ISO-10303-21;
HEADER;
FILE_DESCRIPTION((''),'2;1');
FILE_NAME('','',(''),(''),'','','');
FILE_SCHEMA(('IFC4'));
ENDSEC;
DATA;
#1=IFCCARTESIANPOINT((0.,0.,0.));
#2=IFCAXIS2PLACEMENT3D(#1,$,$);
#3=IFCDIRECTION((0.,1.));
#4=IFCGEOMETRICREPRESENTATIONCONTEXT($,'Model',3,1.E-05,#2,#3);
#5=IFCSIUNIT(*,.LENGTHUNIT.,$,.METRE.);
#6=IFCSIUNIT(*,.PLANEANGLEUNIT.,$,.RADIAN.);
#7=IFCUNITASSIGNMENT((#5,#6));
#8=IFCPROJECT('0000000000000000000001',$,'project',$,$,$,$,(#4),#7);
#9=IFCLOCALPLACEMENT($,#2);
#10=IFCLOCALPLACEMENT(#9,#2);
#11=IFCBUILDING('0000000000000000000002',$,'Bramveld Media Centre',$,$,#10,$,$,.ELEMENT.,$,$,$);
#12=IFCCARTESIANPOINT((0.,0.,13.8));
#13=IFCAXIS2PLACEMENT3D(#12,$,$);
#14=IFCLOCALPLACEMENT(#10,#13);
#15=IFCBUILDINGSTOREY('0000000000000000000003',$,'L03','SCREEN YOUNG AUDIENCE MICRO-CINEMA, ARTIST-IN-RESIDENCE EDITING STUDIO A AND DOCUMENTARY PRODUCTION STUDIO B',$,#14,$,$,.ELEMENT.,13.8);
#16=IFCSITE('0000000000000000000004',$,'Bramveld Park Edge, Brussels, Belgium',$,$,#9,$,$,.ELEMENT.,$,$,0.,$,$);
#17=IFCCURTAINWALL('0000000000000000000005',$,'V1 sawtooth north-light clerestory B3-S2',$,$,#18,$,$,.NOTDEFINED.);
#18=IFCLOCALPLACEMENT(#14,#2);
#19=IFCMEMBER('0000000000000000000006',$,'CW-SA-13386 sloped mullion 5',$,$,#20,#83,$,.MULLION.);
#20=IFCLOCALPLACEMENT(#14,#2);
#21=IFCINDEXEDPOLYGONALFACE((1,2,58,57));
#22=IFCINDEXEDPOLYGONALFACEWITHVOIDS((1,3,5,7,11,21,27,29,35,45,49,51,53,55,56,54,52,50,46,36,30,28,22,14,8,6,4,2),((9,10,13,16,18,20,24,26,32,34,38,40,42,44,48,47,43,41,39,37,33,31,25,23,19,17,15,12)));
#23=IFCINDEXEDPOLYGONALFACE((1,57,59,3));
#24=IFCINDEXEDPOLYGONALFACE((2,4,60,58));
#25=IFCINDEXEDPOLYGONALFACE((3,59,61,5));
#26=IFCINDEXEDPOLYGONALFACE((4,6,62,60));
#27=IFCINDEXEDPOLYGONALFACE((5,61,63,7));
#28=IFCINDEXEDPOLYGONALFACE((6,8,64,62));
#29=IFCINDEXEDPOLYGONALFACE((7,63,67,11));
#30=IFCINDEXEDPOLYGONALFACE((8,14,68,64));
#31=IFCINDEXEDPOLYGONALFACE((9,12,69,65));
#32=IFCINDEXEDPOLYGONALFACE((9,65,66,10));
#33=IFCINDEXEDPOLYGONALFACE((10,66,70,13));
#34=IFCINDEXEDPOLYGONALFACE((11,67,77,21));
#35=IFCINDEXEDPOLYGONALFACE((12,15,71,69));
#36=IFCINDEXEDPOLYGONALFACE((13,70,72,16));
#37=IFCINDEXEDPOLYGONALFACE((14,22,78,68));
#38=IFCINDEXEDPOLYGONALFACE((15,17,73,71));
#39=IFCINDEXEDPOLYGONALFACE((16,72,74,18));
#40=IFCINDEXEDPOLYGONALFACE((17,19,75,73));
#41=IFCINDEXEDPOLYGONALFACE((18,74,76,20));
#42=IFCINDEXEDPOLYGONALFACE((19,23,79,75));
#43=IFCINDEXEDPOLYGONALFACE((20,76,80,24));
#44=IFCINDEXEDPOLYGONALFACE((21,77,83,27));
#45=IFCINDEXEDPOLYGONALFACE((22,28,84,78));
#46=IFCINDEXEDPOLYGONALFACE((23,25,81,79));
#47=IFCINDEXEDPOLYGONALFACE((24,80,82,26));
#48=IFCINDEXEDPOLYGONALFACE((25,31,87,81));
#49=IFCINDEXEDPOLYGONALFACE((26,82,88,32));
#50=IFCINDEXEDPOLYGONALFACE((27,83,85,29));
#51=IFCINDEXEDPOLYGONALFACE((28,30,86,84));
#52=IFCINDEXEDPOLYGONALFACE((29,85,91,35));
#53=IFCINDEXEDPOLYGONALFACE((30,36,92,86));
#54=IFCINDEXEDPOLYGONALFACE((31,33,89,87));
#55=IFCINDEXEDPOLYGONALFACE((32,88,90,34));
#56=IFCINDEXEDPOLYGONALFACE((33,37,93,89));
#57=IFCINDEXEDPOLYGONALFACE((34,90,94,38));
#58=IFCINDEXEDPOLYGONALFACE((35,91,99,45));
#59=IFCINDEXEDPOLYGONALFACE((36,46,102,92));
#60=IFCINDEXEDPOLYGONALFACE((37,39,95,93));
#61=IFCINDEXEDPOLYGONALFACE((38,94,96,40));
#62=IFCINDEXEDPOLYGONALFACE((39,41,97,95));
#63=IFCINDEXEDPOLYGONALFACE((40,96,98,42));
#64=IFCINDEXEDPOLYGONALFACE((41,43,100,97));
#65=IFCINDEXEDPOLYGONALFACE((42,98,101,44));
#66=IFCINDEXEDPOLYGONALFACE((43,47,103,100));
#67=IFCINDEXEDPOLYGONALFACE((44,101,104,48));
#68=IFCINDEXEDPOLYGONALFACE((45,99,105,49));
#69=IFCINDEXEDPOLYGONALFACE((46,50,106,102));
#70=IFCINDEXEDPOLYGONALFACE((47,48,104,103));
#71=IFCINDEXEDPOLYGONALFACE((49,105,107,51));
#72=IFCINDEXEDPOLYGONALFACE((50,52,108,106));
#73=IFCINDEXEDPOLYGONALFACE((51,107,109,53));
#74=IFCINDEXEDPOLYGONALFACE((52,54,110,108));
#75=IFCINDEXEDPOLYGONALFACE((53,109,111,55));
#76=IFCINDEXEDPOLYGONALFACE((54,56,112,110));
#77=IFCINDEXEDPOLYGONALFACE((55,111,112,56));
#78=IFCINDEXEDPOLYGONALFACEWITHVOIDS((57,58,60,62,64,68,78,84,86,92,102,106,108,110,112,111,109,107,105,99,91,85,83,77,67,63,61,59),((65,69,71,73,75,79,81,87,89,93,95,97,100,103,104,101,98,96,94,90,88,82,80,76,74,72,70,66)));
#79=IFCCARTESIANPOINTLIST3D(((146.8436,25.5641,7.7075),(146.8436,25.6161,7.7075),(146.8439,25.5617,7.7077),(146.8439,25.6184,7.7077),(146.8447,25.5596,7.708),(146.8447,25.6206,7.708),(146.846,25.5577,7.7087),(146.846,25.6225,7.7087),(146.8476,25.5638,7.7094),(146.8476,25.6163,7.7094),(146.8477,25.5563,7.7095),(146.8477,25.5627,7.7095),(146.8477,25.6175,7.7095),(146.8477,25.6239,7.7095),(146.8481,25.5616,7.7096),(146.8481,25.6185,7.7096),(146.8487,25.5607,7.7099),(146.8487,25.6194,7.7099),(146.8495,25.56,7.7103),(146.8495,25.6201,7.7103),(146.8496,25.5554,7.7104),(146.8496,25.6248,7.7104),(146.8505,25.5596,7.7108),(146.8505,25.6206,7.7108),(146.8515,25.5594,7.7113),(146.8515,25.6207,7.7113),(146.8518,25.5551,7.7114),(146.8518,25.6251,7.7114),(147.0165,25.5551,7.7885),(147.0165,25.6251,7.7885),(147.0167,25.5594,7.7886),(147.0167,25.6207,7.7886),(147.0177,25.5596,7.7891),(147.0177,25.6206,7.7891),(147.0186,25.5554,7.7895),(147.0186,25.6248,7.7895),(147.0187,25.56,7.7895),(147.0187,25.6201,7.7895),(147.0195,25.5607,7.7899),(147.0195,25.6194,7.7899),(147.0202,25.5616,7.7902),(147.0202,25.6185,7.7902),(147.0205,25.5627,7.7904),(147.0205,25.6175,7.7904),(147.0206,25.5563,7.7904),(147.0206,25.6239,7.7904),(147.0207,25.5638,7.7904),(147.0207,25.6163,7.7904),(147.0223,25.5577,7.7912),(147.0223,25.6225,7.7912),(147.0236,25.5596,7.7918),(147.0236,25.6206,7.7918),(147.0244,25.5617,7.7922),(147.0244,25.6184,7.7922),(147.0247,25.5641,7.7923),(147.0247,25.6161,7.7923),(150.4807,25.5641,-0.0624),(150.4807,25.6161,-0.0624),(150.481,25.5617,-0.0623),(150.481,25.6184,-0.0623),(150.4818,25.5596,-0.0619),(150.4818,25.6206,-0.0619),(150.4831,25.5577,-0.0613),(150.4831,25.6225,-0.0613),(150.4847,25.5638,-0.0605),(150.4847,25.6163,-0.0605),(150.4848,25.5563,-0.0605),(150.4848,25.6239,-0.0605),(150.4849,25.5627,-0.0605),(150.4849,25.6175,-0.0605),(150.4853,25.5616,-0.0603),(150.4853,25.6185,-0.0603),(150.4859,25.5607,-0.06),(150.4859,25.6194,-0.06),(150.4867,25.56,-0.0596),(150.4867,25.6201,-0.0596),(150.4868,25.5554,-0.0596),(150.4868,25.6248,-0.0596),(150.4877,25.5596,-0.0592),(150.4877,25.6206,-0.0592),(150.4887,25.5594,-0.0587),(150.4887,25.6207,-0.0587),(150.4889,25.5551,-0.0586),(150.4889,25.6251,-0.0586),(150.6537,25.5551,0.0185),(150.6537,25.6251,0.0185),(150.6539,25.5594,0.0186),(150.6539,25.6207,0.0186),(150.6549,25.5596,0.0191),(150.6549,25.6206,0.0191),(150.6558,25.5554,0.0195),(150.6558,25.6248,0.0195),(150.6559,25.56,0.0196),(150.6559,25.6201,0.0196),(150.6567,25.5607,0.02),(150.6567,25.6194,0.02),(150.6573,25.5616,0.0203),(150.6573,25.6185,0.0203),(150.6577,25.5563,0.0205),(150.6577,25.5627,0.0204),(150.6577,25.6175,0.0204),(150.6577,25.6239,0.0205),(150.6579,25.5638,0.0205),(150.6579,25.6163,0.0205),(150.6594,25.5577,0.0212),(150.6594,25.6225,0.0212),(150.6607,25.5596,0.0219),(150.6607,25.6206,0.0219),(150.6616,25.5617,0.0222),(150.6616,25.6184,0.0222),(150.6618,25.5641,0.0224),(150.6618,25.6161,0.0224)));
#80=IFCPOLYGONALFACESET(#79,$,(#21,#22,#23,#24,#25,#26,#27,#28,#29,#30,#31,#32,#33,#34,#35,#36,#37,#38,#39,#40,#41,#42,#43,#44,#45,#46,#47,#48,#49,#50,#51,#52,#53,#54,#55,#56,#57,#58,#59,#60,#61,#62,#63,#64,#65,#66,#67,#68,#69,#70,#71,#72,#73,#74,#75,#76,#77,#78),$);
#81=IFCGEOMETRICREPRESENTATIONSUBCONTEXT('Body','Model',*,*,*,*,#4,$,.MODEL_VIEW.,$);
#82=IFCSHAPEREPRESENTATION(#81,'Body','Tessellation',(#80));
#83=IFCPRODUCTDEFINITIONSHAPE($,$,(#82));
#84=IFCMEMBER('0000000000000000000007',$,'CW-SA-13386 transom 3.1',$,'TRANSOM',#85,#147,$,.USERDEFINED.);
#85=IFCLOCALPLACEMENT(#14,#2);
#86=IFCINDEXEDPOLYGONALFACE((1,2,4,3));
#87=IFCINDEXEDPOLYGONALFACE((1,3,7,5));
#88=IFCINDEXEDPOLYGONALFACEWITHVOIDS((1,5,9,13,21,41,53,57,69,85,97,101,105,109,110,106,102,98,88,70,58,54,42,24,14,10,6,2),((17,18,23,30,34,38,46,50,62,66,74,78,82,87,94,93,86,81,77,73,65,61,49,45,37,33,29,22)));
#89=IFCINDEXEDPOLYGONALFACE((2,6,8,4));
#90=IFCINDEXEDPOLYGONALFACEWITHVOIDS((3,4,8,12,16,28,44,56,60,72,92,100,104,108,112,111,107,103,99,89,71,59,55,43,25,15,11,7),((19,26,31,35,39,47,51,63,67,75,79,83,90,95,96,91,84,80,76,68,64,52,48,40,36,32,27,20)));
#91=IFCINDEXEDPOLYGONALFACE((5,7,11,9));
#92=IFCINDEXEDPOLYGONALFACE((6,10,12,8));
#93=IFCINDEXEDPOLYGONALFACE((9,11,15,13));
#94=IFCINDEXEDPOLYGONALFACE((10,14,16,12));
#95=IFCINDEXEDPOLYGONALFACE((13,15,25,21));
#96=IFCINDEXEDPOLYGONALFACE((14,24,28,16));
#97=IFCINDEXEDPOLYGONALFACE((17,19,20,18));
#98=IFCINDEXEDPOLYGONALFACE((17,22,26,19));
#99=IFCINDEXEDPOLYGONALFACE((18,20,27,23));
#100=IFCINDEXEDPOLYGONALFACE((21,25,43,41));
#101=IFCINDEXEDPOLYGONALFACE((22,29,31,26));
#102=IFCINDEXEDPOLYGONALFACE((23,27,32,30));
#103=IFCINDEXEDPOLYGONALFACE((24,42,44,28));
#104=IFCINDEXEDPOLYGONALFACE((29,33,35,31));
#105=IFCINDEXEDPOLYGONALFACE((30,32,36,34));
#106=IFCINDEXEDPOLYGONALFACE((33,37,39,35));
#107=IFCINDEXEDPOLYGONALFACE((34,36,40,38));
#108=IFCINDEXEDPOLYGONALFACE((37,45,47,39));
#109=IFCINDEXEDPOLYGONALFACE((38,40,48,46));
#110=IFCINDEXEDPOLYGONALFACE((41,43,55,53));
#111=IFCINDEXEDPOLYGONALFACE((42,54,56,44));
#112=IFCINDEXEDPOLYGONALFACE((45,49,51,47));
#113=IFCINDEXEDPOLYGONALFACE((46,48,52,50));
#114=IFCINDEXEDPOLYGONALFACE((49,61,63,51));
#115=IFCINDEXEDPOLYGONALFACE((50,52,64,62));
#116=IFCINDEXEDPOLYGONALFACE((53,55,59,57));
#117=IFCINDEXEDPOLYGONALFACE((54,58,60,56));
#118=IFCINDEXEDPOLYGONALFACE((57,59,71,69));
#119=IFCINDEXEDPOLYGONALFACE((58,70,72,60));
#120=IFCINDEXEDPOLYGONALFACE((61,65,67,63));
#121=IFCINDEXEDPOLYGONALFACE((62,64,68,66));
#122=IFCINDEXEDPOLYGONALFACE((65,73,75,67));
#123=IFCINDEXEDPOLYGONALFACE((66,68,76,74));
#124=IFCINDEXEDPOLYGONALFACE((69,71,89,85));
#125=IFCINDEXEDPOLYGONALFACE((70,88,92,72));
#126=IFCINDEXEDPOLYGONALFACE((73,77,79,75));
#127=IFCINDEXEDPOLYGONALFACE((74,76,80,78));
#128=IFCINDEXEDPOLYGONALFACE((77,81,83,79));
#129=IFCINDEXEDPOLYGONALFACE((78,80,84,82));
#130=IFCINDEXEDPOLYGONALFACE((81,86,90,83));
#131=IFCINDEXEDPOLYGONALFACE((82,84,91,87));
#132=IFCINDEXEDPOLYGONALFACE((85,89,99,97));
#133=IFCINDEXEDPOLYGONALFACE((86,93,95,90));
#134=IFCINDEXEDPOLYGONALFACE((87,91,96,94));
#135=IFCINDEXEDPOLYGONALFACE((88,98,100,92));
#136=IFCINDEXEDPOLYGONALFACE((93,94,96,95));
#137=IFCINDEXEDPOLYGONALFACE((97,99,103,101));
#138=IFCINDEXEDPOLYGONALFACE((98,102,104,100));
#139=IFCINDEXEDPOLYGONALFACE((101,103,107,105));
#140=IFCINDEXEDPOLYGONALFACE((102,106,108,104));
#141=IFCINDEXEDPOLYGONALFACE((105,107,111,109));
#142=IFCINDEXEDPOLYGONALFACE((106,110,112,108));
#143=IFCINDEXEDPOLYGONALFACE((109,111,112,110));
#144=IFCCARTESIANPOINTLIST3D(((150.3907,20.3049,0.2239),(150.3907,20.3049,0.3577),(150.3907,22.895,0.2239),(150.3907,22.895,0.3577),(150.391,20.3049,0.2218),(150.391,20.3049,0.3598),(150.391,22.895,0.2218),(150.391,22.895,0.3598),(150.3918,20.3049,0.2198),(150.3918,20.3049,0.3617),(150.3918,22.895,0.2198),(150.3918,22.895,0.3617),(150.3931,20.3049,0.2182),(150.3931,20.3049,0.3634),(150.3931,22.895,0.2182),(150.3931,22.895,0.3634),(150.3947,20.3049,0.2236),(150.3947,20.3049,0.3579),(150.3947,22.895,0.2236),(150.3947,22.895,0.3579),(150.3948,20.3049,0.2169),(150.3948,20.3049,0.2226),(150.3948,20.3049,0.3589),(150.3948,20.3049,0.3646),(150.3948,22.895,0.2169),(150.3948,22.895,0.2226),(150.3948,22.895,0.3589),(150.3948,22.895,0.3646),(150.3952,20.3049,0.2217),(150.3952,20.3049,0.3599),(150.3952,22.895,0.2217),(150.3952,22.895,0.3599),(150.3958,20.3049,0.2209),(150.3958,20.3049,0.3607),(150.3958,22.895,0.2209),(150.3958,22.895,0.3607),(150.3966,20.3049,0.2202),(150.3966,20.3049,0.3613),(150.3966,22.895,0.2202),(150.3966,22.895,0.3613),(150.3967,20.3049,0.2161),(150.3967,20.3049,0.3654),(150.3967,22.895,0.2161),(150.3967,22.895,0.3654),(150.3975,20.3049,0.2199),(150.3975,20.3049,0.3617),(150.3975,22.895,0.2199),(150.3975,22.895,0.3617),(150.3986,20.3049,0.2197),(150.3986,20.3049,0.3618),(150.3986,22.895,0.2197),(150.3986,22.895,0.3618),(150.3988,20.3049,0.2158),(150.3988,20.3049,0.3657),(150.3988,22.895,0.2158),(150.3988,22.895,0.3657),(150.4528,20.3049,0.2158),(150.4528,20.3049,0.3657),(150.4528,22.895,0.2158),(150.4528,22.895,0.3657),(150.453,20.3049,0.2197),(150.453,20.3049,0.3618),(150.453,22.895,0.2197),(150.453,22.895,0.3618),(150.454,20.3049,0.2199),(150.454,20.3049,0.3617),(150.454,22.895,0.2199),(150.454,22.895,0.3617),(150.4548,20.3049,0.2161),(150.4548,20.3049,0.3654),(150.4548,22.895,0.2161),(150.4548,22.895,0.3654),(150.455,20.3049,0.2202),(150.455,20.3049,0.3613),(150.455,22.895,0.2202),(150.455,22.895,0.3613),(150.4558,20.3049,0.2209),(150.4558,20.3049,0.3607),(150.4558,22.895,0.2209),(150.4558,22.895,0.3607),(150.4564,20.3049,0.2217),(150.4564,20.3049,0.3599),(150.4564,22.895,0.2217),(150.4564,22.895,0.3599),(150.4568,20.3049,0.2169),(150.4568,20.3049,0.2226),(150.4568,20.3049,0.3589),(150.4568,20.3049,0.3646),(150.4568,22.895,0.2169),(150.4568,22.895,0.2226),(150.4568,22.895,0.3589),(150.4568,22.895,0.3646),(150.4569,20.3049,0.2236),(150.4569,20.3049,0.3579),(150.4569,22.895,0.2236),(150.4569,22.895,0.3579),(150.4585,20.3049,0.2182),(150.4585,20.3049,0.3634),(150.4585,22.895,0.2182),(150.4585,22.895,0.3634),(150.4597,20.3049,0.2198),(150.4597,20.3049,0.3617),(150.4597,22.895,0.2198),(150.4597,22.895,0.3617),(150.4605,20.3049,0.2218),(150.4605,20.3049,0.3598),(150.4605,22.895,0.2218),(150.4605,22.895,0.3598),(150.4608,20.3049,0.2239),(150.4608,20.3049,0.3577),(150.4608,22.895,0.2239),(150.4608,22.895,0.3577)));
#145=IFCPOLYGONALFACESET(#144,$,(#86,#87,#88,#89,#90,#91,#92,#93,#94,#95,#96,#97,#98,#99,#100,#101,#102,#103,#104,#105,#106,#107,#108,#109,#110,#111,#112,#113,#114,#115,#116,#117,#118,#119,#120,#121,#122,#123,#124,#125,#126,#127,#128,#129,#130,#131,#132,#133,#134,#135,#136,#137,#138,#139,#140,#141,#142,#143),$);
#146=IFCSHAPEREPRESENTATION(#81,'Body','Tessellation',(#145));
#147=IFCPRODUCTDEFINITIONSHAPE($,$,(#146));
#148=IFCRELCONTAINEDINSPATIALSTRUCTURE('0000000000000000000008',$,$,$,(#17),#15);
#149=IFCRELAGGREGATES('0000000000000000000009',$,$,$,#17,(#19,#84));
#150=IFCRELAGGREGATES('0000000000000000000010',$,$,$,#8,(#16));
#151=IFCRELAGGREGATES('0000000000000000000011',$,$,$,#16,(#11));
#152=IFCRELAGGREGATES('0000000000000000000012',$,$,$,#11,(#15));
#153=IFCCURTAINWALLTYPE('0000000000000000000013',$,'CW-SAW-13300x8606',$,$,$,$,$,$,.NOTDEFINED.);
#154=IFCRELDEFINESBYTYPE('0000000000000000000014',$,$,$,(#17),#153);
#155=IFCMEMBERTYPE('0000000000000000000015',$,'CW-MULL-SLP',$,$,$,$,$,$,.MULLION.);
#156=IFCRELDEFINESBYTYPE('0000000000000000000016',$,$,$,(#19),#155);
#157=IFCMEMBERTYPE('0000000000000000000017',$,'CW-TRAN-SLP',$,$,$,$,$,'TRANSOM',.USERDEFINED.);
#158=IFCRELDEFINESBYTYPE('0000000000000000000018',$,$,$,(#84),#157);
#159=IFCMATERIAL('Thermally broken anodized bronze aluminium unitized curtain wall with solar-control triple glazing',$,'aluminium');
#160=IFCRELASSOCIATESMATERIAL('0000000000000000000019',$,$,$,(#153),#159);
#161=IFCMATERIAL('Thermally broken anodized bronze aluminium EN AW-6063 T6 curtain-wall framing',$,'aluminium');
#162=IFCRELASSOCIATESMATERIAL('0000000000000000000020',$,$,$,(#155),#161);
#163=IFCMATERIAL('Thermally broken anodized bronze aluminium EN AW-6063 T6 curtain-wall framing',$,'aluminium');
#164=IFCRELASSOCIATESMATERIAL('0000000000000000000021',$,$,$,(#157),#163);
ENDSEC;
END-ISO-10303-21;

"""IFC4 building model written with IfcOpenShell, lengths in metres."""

from ifc_helpers import new_model, si_unit, direction, frame, origin, origin_2d, place, context, subcontext, project, spatial, hollow_rectangle, extrude, material, material_profile, profile_set, type_object, element, aggregate, save


model = new_model("IFC4")

# Units and contexts
model_context = context("Model", 3, precision=1e-05, world=origin(), true_north=direction((0.0, 1.0)))
body_context = subcontext(model_context, "Body", "Model", "MODEL_VIEW")
ifc_project = project(units=[si_unit("LENGTHUNIT", "METRE"), si_unit("PLANEANGLEUNIT", "RADIAN")], contexts=[model_context])

# Site, building, storey
site_placement = place(None, origin())
site = spatial("IfcSite", under=ifc_project, at=site_placement, Name="Bramveld Park Edge, Brussels, Belgium", CompositionType="ELEMENT", RefElevation=0.0)
building_placement = place(site_placement, origin())
building = spatial("IfcBuilding", under=site, at=building_placement, Name="Bramveld Media Centre", CompositionType="ELEMENT")
storey_placement = place(building_placement, frame((0.0, 0.0, 13.8)))
storey = spatial("IfcBuildingStorey", under=building, at=storey_placement, Name="L03", Description="SCREEN YOUNG AUDIENCE MICRO-CINEMA, ARTIST-IN-RESIDENCE EDITING STUDIO A AND DOCUMENTARY PRODUCTION STUDIO B", CompositionType="ELEMENT", Elevation=13.8)

# Curtain wall, members
ifc_material_1 = material(Name="Thermally broken anodized bronze aluminium unitized curtain wall with solar-control triple glazing", Category="aluminium")
curtain_wall_type = type_object("IfcCurtainWallType", Name="CW-SAW-13300x8606", PredefinedType="NOTDEFINED", material=ifc_material_1)
curtain_wall_1_placement = place(storey_placement, origin())
curtain_wall_1 = element("IfcCurtainWall", 1, at=curtain_wall_1_placement, inside=storey, type_object=curtain_wall_type, Name="V1 sawtooth north-light clerestory B3-S2", PredefinedType="NOTDEFINED")
ifc_material_2 = material(Name="Thermally broken anodized bronze aluminium EN AW-6063 T6 curtain-wall framing", Category="aluminium")
ifc_material_profile_1 = material_profile(ifc_material_2, hollow_rectangle(XDim=0.0701, YDim=0.2, WallThickness=0.0044, InnerFilletRadius=0.0044, OuterFilletRadius=0.009, at=origin_2d()), Name="AL-MULL 70x200")
ifc_profile_set_1 = profile_set([ifc_material_profile_1], Name="Thermally broken anodized bronze aluminium EN AW-6063 T6 curtain-wall framing")
member_type_1 = type_object("IfcMemberType", Name="CW-MULL-SLP", PredefinedType="MULLION", material=ifc_profile_set_1)
member_1_placement = place(storey_placement, frame((150.5713, 25.5901, -0.02), z_axis=(-0.423957, 0.0, 0.905682), x_axis=(0.0, -1.0, 0.0)))
member_1 = element("IfcMember", 2, at=member_1_placement, type_object=member_type_1, Name="CW-SA-13386 sloped mullion 5", PredefinedType="MULLION", context=body_context, shape_type="SweptSolid", body=[
    extrude(hollow_rectangle(XDim=0.0701, YDim=0.2, WallThickness=0.0044, InnerFilletRadius=0.0044, OuterFilletRadius=0.009, at=origin_2d()), origin(), (0.0, 0.0, 1.0), 8.5791),
])
ifc_material_3 = material(Name="Thermally broken anodized bronze aluminium EN AW-6063 T6 curtain-wall framing", Category="aluminium")
ifc_material_profile_2 = material_profile(ifc_material_3, hollow_rectangle(XDim=0.0701, YDim=0.1499, WallThickness=0.0039, InnerFilletRadius=0.0039, OuterFilletRadius=0.0081, at=origin_2d()), Name="AL-TRAN 70x150")
ifc_profile_set_2 = profile_set([ifc_material_profile_2], Name="Thermally broken anodized bronze aluminium EN AW-6063 T6 curtain-wall framing")
member_type_2 = type_object("IfcMemberType", Name="CW-TRAN-SLP", ElementType="TRANSOM", PredefinedType="USERDEFINED", material=ifc_profile_set_2)
member_2_placement = place(storey_placement, frame((150.4258, 20.3049, 0.2908), z_axis=(0.0, 1.0, 0.0), x_axis=(-1.0, 0.0, 0.0)))
member_2 = element("IfcMember", 3, at=member_2_placement, type_object=member_type_2, Name="CW-SA-13386 transom 3.1", ObjectType="TRANSOM", PredefinedType="USERDEFINED", context=body_context, shape_type="SweptSolid", body=[
    extrude(hollow_rectangle(XDim=0.0701, YDim=0.1499, WallThickness=0.0039, InnerFilletRadius=0.0039, OuterFilletRadius=0.0081, at=origin_2d()), origin(), (0.0, 0.0, 1.0), 2.5901),
])

aggregate(curtain_wall_1, [member_1, member_2])

save(model, "model.ifc")
